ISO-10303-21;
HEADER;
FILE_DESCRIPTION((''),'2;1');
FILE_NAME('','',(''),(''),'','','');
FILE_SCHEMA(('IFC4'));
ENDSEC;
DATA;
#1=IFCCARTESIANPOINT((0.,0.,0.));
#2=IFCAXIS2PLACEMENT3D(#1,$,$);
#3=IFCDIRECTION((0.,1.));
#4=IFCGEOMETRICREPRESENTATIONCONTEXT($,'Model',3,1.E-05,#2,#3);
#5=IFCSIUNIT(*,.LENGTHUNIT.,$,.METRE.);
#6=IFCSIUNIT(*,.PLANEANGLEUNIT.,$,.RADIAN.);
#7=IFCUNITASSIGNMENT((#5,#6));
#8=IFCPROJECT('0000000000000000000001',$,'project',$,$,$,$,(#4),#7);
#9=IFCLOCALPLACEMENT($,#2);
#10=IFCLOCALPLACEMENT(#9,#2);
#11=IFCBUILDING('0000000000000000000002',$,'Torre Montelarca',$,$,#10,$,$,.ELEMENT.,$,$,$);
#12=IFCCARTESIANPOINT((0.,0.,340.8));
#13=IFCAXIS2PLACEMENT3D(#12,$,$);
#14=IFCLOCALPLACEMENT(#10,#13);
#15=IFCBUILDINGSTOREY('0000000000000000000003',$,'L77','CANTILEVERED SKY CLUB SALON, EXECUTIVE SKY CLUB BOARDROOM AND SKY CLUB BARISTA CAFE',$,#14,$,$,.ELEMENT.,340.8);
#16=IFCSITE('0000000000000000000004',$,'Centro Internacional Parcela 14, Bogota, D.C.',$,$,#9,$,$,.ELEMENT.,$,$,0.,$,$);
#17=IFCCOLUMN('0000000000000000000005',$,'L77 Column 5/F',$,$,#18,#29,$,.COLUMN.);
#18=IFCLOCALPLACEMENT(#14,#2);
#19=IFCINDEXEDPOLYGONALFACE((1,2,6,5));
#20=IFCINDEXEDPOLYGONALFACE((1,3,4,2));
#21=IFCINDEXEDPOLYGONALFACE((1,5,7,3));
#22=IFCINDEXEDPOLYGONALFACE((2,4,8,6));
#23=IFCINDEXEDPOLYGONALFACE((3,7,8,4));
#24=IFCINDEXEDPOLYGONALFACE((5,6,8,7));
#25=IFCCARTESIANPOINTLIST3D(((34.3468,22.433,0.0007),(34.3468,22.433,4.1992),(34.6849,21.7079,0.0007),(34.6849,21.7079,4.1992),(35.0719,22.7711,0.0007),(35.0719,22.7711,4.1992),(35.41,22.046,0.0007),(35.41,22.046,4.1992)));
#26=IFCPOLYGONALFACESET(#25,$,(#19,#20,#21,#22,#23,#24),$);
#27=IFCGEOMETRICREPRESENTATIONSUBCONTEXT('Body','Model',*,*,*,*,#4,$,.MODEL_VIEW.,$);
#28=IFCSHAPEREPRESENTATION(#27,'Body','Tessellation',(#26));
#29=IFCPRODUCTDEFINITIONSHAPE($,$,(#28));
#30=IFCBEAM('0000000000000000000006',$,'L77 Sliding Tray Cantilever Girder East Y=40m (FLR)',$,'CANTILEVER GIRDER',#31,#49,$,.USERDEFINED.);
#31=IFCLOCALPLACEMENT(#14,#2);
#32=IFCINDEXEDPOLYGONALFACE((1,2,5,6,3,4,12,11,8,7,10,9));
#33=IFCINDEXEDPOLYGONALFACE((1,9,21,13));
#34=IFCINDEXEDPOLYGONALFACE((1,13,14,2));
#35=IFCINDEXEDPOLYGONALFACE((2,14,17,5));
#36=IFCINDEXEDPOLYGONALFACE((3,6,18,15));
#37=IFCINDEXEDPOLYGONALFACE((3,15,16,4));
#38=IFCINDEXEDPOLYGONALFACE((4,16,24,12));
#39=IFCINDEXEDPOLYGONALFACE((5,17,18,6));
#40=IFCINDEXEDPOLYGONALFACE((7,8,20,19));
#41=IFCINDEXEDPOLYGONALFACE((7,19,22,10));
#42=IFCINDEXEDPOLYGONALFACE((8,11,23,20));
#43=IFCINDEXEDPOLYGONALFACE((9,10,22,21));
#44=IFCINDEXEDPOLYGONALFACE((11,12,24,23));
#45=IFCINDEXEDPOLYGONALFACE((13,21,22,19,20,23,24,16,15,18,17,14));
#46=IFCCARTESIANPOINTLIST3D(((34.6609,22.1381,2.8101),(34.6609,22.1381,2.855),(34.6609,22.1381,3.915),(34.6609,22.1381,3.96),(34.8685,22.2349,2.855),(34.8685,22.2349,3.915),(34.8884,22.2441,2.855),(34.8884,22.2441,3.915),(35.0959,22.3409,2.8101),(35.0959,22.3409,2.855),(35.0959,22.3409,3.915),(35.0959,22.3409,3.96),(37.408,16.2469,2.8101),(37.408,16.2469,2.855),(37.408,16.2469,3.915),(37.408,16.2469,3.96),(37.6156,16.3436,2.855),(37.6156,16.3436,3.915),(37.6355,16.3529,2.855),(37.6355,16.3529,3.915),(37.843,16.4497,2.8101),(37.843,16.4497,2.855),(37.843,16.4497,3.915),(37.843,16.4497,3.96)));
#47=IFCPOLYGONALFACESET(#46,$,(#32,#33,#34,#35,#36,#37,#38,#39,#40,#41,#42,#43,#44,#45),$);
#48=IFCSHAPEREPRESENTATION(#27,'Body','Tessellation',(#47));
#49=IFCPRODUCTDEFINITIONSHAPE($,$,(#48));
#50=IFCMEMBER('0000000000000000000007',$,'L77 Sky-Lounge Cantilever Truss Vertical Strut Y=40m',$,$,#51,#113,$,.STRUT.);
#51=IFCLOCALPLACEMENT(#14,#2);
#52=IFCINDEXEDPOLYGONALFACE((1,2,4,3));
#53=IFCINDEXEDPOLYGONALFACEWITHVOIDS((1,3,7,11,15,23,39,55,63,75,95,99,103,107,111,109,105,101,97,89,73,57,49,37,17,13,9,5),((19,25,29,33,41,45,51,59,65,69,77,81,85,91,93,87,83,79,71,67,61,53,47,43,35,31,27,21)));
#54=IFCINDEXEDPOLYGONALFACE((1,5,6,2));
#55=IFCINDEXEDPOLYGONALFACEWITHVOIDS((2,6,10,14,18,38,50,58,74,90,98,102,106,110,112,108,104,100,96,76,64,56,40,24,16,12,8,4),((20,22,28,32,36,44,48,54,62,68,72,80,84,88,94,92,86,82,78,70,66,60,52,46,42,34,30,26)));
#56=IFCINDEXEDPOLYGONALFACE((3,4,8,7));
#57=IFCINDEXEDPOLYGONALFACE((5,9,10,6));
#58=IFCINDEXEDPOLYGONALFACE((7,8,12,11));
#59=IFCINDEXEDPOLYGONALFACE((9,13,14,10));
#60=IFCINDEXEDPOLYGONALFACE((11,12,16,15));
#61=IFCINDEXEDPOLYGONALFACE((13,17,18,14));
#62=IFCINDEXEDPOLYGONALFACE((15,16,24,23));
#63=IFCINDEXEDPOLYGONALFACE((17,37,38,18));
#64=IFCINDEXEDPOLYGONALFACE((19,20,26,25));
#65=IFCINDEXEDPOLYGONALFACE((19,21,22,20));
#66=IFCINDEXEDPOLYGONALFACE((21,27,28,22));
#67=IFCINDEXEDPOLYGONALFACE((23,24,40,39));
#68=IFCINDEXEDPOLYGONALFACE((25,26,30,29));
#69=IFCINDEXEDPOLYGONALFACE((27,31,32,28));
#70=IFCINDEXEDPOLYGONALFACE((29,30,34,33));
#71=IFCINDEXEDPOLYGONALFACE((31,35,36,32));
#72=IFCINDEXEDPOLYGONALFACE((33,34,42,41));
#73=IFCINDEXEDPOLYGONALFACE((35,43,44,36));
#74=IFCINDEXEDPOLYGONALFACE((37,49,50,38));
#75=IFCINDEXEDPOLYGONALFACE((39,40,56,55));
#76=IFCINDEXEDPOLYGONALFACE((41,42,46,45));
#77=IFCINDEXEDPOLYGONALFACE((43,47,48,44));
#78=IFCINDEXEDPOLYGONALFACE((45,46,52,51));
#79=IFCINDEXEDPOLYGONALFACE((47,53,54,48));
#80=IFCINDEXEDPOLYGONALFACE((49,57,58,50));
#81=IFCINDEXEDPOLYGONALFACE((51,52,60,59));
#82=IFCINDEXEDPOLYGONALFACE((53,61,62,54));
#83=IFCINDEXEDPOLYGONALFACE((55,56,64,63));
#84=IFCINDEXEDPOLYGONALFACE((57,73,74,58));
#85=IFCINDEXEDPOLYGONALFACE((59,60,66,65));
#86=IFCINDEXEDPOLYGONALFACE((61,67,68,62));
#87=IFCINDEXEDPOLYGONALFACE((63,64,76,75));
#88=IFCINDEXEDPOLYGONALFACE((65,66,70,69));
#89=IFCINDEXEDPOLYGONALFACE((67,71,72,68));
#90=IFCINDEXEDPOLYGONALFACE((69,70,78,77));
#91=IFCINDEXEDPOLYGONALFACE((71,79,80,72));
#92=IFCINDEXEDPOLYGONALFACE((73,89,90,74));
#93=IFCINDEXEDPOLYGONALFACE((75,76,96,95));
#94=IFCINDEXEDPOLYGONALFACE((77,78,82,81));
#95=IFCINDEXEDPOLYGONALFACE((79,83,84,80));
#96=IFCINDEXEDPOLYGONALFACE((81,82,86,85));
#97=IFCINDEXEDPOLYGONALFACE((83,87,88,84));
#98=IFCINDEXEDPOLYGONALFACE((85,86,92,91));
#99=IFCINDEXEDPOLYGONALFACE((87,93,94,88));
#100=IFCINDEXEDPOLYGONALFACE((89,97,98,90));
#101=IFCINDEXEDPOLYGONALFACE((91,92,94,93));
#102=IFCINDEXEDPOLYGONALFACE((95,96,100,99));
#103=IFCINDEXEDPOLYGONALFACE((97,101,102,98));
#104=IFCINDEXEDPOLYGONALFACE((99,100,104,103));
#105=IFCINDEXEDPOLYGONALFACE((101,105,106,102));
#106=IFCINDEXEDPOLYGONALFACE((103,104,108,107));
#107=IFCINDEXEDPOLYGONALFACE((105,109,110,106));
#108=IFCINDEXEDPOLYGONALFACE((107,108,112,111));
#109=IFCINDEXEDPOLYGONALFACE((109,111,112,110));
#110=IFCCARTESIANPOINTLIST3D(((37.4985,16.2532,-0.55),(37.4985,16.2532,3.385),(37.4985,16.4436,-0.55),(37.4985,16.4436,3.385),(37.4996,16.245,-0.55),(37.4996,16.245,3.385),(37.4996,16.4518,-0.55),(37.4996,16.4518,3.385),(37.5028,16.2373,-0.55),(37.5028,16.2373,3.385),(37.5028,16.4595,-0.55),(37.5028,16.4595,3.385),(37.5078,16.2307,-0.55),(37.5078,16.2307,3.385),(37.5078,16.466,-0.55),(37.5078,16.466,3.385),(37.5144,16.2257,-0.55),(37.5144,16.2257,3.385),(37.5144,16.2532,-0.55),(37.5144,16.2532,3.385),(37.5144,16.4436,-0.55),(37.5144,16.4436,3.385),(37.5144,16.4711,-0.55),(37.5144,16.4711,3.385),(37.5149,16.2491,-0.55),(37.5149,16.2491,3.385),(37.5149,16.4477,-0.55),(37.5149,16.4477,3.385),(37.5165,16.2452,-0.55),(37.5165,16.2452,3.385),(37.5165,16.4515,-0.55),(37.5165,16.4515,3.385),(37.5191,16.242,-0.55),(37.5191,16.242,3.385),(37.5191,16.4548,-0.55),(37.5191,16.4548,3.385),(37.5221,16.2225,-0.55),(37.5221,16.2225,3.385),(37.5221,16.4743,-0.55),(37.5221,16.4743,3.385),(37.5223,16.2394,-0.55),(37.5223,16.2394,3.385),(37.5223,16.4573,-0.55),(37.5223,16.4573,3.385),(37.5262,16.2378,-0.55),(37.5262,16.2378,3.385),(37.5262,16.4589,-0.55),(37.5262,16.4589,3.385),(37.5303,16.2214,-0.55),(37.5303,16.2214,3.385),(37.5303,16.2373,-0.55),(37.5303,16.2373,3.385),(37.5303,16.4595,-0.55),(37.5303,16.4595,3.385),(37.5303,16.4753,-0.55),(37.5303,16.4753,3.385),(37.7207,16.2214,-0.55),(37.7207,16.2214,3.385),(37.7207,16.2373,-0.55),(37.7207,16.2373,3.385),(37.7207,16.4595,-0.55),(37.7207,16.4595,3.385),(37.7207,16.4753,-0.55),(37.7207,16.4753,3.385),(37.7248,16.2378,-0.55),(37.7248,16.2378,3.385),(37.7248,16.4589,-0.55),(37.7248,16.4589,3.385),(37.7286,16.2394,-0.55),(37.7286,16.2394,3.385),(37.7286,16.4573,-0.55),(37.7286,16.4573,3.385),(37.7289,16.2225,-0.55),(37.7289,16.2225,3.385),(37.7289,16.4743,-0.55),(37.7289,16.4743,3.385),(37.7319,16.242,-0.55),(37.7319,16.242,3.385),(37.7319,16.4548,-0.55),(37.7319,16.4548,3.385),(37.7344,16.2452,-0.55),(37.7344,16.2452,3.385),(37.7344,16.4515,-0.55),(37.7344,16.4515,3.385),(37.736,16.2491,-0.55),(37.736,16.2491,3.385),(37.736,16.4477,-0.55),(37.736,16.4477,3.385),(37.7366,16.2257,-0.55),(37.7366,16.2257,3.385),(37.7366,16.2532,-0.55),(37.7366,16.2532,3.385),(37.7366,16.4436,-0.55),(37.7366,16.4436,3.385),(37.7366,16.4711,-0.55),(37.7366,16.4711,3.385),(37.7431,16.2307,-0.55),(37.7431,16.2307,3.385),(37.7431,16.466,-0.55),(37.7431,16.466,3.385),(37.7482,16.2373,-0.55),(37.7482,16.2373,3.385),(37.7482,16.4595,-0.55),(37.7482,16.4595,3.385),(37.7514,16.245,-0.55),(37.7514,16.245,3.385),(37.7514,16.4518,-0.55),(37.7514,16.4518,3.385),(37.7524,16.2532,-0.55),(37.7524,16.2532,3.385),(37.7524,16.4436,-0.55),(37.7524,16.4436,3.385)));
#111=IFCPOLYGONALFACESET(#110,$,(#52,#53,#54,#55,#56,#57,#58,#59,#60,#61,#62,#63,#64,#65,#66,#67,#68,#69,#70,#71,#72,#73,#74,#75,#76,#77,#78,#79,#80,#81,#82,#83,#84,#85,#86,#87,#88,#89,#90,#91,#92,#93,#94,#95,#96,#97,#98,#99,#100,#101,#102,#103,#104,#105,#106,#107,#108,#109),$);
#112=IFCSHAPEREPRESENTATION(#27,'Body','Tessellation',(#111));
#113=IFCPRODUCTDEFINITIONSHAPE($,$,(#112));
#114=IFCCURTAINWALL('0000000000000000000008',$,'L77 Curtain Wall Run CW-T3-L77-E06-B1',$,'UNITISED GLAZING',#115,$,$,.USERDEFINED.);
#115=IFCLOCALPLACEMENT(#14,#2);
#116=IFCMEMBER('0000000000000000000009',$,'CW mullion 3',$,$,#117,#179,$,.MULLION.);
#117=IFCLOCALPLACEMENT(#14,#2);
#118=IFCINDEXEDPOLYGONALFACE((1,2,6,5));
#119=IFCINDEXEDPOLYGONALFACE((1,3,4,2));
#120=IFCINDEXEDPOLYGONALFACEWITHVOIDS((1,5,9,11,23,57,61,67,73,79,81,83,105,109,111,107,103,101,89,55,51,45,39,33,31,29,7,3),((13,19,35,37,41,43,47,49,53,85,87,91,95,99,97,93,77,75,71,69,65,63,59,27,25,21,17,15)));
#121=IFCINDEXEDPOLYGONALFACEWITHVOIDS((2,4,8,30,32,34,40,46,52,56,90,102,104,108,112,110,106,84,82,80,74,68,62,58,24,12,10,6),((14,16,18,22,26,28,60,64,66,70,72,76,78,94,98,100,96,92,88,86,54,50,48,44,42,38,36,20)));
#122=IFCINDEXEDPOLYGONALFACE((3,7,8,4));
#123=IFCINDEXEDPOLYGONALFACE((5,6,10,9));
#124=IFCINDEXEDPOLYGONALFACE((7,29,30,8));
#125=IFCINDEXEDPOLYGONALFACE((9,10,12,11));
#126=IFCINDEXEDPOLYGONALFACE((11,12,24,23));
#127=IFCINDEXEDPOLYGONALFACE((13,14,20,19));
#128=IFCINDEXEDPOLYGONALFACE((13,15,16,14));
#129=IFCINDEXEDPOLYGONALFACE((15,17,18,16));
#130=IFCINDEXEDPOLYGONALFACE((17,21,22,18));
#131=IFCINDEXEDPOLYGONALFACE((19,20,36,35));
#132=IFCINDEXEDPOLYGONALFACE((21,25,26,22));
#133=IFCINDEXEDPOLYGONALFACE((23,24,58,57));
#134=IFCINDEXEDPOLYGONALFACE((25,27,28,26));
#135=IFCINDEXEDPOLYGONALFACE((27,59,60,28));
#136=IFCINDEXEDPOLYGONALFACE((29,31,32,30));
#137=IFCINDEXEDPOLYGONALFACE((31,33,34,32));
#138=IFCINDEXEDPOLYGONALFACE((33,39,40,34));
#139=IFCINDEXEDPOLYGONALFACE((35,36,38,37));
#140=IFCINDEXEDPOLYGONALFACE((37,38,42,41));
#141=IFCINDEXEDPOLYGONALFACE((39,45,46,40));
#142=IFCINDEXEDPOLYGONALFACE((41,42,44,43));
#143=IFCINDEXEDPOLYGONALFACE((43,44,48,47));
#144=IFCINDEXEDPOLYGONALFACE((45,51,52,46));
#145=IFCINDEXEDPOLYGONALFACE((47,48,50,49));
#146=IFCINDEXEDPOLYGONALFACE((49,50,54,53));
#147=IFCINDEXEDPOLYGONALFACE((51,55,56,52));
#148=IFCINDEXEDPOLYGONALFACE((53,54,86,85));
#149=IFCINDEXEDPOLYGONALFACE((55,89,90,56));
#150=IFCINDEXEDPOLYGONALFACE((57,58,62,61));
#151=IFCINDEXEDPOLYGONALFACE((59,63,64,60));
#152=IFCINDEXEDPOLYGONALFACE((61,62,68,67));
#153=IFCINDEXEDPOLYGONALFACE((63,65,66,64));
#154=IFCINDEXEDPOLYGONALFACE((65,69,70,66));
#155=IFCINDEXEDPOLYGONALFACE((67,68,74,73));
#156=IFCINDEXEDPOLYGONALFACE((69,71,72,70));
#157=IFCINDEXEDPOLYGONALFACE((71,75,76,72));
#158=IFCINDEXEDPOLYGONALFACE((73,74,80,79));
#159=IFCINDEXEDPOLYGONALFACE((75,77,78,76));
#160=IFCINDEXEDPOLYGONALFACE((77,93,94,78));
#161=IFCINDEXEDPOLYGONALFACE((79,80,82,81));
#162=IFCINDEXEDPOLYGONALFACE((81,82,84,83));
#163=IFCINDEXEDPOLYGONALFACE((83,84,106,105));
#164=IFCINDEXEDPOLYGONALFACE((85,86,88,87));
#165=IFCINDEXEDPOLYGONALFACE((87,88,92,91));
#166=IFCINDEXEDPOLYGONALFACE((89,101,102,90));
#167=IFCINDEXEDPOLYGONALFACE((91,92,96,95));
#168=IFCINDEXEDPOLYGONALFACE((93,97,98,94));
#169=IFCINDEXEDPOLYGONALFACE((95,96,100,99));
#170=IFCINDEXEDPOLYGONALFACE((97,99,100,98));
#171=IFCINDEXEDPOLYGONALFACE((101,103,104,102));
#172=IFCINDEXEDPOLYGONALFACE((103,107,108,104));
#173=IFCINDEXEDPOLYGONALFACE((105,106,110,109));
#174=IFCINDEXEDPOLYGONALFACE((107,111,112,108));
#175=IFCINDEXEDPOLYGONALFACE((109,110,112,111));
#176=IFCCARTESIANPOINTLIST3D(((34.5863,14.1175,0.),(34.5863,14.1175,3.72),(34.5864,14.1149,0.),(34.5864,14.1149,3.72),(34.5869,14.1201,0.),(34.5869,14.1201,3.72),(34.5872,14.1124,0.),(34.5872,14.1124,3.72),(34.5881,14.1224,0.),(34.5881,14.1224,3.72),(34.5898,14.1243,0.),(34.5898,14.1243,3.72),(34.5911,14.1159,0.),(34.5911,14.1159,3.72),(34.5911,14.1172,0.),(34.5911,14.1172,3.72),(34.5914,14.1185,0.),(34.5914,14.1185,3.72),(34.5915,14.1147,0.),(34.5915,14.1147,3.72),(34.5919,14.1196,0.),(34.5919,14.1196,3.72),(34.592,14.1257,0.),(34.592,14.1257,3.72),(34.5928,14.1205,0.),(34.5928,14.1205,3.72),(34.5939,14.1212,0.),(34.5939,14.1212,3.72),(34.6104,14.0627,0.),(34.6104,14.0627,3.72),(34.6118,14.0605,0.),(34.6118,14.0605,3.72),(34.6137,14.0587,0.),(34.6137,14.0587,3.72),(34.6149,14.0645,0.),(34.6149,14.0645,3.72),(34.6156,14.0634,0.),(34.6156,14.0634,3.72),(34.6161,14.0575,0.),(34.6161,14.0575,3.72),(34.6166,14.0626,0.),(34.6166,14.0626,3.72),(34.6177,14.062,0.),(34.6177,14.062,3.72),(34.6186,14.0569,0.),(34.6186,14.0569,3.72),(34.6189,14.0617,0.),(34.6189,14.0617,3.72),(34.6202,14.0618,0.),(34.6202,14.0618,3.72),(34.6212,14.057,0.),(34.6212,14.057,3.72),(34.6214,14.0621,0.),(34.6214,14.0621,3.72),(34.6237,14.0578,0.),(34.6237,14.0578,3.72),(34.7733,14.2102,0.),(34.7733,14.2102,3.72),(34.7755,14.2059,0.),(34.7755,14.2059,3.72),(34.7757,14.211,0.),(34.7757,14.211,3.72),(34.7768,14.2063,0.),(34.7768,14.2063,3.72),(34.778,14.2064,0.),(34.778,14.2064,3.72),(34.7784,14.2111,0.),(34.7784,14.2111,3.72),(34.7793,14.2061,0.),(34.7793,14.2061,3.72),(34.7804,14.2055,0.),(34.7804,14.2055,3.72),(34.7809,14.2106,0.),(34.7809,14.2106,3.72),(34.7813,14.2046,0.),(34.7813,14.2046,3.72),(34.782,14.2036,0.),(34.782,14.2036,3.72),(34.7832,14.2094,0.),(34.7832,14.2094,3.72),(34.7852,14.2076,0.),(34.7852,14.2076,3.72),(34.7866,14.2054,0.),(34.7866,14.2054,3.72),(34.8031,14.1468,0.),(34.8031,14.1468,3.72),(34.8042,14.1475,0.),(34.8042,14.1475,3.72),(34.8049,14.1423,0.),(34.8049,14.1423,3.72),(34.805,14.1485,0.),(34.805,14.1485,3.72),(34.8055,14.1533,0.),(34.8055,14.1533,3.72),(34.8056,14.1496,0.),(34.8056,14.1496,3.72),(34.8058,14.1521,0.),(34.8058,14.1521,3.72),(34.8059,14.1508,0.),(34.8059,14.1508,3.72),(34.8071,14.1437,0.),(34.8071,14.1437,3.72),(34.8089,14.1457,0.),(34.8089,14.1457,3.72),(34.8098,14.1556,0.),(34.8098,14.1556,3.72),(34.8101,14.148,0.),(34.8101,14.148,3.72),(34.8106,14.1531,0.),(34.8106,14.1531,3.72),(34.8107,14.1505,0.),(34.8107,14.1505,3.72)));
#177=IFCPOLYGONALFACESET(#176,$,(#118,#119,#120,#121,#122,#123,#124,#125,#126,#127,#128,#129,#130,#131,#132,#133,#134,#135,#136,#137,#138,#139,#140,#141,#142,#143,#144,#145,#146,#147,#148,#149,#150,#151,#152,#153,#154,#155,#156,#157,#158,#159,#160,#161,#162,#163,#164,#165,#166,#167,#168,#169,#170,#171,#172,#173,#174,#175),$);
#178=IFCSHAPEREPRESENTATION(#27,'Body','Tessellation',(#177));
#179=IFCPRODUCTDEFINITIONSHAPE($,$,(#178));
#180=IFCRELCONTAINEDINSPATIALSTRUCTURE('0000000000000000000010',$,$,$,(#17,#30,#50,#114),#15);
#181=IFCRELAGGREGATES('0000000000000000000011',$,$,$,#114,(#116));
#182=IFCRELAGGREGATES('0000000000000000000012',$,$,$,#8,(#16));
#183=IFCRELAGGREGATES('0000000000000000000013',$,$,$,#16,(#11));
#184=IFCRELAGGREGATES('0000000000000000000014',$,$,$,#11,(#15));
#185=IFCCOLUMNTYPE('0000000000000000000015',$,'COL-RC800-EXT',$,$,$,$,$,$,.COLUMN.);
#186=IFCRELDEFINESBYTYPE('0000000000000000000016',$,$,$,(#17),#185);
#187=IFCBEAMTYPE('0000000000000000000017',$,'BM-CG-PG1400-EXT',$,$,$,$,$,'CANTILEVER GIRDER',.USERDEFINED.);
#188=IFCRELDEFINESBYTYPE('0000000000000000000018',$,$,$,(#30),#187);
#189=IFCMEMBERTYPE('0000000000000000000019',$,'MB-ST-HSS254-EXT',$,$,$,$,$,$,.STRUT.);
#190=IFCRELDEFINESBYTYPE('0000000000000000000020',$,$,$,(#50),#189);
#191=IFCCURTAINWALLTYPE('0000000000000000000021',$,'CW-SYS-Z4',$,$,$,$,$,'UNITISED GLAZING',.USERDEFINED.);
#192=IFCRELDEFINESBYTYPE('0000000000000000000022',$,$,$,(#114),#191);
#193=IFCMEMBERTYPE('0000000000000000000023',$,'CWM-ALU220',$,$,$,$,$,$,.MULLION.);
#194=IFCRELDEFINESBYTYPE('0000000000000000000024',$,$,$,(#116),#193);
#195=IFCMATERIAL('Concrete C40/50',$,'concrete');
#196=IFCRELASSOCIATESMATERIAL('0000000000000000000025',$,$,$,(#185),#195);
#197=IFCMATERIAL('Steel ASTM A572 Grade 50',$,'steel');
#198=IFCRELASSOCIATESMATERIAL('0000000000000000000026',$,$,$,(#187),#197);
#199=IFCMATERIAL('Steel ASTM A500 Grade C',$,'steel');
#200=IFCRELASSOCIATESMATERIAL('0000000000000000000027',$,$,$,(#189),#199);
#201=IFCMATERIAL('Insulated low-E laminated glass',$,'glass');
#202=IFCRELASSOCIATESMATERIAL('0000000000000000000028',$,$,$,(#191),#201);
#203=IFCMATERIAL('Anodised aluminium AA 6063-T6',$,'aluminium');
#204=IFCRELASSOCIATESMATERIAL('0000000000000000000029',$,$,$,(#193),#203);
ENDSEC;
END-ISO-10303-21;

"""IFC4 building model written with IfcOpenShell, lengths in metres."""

from ifc_helpers import new_model, si_unit, direction, frame, origin, origin_2d, place, context, subcontext, project, spatial, rectangle, hollow_rectangle, i_section, extrude, source, transform, mapped, material, material_profile, profile_set, type_object, element, aggregate, save


model = new_model("IFC4")

# Units and contexts
model_context = context("Model", 3, precision=1e-05, world=origin(), true_north=direction((0.0, 1.0)))
body_context = subcontext(model_context, "Body", "Model", "MODEL_VIEW")
ifc_project = project(units=[si_unit("LENGTHUNIT", "METRE"), si_unit("PLANEANGLEUNIT", "RADIAN")], contexts=[model_context])

# Site, building, storey
site_placement = place(None, origin())
site = spatial("IfcSite", under=ifc_project, at=site_placement, Name="Centro Internacional Parcela 14, Bogota, D.C.", CompositionType="ELEMENT", RefElevation=0.0)
building_placement = place(site_placement, origin())
building = spatial("IfcBuilding", under=site, at=building_placement, Name="Torre Montelarca", CompositionType="ELEMENT")
storey_placement = place(building_placement, frame((0.0, 0.0, 340.8)))
storey = spatial("IfcBuildingStorey", under=building, at=storey_placement, Name="L77", Description="CANTILEVERED SKY CLUB SALON, EXECUTIVE SKY CLUB BOARDROOM AND SKY CLUB BARISTA CAFE", CompositionType="ELEMENT", Elevation=340.8)

# Column
ifc_material_1 = material(Name="Concrete C40/50", Category="concrete")
ifc_material_profile_1 = material_profile(ifc_material_1, rectangle(XDim=0.8, YDim=0.8, at=origin_2d()), Name="RC800X800", Category="concrete")
ifc_profile_set_1 = profile_set([ifc_material_profile_1], Name="Concrete C40/50")
column_type = type_object("IfcColumnType", Name="COL-RC800-EXT", PredefinedType="COLUMN", material=ifc_profile_set_1)
shared_shape_1 = source(origin(), body_context, "Body", "SweptSolid", [
    extrude(rectangle(XDim=0.8, YDim=0.8, at=origin_2d()), origin(), (0.0, 0.0, 1.0), 4.1985),
])
column_placement = place(storey_placement, frame((34.8784, 22.2395, 0.0007), z_axis=(0.0, 0.0, 1.0), x_axis=(-0.422618, 0.906308, 0.0)))
element("IfcColumn", 1, at=column_placement, inside=storey, type_object=column_type, Name="L77 Column 5/F", PredefinedType="COLUMN", context=body_context, shape_type="MappedRepresentation", body=[
    mapped(shared_shape_1, transform((0.0, 0.0, 0.0), scale=1.0)),
])

# Beam
ifc_material_2 = material(Name="Steel ASTM A572 Grade 50", Category="steel")
ifc_material_profile_2 = material_profile(ifc_material_2, i_section(OverallWidth=0.48, OverallDepth=1.1499, WebThickness=0.022, FlangeThickness=0.0449, at=origin_2d()), Name="PG1150X480X22X45", Category="steel")
ifc_profile_set_2 = profile_set([ifc_material_profile_2], Name="Steel ASTM A572 Grade 50")
beam_type = type_object("IfcBeamType", Name="BM-CG-PG1400-EXT", ElementType="CANTILEVER GIRDER", PredefinedType="USERDEFINED", material=ifc_profile_set_2)
shared_shape_2 = source(origin(), body_context, "Body", "SweptSolid", [
    extrude(i_section(OverallWidth=0.48, OverallDepth=1.1499, WebThickness=0.022, FlangeThickness=0.0449, at=origin_2d()), origin(), (0.0, 0.0, 1.0), 6.5002),
])
beam_placement = place(storey_placement, frame((34.8784, 22.2395, 3.385), z_axis=(0.422618, -0.906308, 0.0), x_axis=(0.906308, 0.422618, 0.0)))
element("IfcBeam", 2, at=beam_placement, inside=storey, type_object=beam_type, Name="L77 Sliding Tray Cantilever Girder East Y=40m (FLR)", ObjectType="CANTILEVER GIRDER", PredefinedType="USERDEFINED", context=body_context, shape_type="MappedRepresentation", body=[
    mapped(shared_shape_2, transform((0.0, 0.0, 0.0), scale=1.0)),
])

# Member
ifc_material_3 = material(Name="Steel ASTM A500 Grade C", Category="steel")
ifc_material_profile_3 = material_profile(ifc_material_3, hollow_rectangle(XDim=0.2539, YDim=0.2539, WallThickness=0.0159, InnerFilletRadius=0.0159, OuterFilletRadius=0.0317, at=origin_2d()), Name="HSS254X254X15.9", Category="steel")
ifc_profile_set_3 = profile_set([ifc_material_profile_3], Name="Steel ASTM A500 Grade C")
member_type_1 = type_object("IfcMemberType", Name="MB-ST-HSS254-EXT", PredefinedType="STRUT", material=ifc_profile_set_3)
shared_shape_3 = source(origin(), body_context, "Body", "SweptSolid", [
    extrude(hollow_rectangle(XDim=0.2539, YDim=0.2539, WallThickness=0.0159, InnerFilletRadius=0.0159, OuterFilletRadius=0.0317, at=origin_2d()), origin(), (0.0, 0.0, 1.0), 3.9351),
])
member_1_placement = place(storey_placement, frame((37.6255, 16.3484, -0.55), z_axis=(0.0, 0.0, 1.0), x_axis=(1.0, 0.0, 0.0)))
element("IfcMember", 3, at=member_1_placement, inside=storey, type_object=member_type_1, Name="L77 Sky-Lounge Cantilever Truss Vertical Strut Y=40m", PredefinedType="STRUT", context=body_context, shape_type="MappedRepresentation", body=[
    mapped(shared_shape_3, transform((0.0, 0.0, 0.0), scale=1.0)),
])

# Curtain wall, member
ifc_material_4 = material(Name="Insulated low-E laminated glass", Category="glass")
curtain_wall_type = type_object("IfcCurtainWallType", Name="CW-SYS-Z4", ElementType="UNITISED GLAZING", PredefinedType="USERDEFINED", material=ifc_material_4)
curtain_wall_1_placement = place(storey_placement, origin())
curtain_wall_1 = element("IfcCurtainWall", 4, at=curtain_wall_1_placement, inside=storey, type_object=curtain_wall_type, Name="L77 Curtain Wall Run CW-T3-L77-E06-B1", ObjectType="UNITISED GLAZING", PredefinedType="USERDEFINED")
ifc_material_5 = material(Name="Anodised aluminium AA 6063-T6", Category="aluminium")
ifc_material_profile_4 = material_profile(ifc_material_5, hollow_rectangle(XDim=0.075, YDim=0.22, WallThickness=0.0049, InnerFilletRadius=0.0049, OuterFilletRadius=0.01, at=origin_2d()), Name="ALU75X220X5", Category="aluminium")
ifc_profile_set_4 = profile_set([ifc_material_profile_4], Name="Anodised aluminium AA 6063-T6")
member_type_2 = type_object("IfcMemberType", Name="CWM-ALU220", PredefinedType="MULLION", material=ifc_profile_set_4)
shared_shape_4 = source(origin(), body_context, "Body", "SweptSolid", [
    extrude(hollow_rectangle(XDim=0.075, YDim=0.22, WallThickness=0.0049, InnerFilletRadius=0.0049, OuterFilletRadius=0.01, at=origin_2d()), origin(), (0.0, 0.0, 1.0), 3.72),
])
member_2_placement = place(storey_placement, frame((34.6985, 14.134, 0.0), z_axis=(0.0, 0.0, 1.0), x_axis=(-0.422612, 0.906311, 0.0)))
member_2 = element("IfcMember", 5, at=member_2_placement, type_object=member_type_2, Name="CW mullion 3", PredefinedType="MULLION", context=body_context, shape_type="MappedRepresentation", body=[
    mapped(shared_shape_4, transform((0.0, 0.0, 0.0), scale=1.0)),
])

aggregate(curtain_wall_1, [member_2])

save(model, "model.ifc")
